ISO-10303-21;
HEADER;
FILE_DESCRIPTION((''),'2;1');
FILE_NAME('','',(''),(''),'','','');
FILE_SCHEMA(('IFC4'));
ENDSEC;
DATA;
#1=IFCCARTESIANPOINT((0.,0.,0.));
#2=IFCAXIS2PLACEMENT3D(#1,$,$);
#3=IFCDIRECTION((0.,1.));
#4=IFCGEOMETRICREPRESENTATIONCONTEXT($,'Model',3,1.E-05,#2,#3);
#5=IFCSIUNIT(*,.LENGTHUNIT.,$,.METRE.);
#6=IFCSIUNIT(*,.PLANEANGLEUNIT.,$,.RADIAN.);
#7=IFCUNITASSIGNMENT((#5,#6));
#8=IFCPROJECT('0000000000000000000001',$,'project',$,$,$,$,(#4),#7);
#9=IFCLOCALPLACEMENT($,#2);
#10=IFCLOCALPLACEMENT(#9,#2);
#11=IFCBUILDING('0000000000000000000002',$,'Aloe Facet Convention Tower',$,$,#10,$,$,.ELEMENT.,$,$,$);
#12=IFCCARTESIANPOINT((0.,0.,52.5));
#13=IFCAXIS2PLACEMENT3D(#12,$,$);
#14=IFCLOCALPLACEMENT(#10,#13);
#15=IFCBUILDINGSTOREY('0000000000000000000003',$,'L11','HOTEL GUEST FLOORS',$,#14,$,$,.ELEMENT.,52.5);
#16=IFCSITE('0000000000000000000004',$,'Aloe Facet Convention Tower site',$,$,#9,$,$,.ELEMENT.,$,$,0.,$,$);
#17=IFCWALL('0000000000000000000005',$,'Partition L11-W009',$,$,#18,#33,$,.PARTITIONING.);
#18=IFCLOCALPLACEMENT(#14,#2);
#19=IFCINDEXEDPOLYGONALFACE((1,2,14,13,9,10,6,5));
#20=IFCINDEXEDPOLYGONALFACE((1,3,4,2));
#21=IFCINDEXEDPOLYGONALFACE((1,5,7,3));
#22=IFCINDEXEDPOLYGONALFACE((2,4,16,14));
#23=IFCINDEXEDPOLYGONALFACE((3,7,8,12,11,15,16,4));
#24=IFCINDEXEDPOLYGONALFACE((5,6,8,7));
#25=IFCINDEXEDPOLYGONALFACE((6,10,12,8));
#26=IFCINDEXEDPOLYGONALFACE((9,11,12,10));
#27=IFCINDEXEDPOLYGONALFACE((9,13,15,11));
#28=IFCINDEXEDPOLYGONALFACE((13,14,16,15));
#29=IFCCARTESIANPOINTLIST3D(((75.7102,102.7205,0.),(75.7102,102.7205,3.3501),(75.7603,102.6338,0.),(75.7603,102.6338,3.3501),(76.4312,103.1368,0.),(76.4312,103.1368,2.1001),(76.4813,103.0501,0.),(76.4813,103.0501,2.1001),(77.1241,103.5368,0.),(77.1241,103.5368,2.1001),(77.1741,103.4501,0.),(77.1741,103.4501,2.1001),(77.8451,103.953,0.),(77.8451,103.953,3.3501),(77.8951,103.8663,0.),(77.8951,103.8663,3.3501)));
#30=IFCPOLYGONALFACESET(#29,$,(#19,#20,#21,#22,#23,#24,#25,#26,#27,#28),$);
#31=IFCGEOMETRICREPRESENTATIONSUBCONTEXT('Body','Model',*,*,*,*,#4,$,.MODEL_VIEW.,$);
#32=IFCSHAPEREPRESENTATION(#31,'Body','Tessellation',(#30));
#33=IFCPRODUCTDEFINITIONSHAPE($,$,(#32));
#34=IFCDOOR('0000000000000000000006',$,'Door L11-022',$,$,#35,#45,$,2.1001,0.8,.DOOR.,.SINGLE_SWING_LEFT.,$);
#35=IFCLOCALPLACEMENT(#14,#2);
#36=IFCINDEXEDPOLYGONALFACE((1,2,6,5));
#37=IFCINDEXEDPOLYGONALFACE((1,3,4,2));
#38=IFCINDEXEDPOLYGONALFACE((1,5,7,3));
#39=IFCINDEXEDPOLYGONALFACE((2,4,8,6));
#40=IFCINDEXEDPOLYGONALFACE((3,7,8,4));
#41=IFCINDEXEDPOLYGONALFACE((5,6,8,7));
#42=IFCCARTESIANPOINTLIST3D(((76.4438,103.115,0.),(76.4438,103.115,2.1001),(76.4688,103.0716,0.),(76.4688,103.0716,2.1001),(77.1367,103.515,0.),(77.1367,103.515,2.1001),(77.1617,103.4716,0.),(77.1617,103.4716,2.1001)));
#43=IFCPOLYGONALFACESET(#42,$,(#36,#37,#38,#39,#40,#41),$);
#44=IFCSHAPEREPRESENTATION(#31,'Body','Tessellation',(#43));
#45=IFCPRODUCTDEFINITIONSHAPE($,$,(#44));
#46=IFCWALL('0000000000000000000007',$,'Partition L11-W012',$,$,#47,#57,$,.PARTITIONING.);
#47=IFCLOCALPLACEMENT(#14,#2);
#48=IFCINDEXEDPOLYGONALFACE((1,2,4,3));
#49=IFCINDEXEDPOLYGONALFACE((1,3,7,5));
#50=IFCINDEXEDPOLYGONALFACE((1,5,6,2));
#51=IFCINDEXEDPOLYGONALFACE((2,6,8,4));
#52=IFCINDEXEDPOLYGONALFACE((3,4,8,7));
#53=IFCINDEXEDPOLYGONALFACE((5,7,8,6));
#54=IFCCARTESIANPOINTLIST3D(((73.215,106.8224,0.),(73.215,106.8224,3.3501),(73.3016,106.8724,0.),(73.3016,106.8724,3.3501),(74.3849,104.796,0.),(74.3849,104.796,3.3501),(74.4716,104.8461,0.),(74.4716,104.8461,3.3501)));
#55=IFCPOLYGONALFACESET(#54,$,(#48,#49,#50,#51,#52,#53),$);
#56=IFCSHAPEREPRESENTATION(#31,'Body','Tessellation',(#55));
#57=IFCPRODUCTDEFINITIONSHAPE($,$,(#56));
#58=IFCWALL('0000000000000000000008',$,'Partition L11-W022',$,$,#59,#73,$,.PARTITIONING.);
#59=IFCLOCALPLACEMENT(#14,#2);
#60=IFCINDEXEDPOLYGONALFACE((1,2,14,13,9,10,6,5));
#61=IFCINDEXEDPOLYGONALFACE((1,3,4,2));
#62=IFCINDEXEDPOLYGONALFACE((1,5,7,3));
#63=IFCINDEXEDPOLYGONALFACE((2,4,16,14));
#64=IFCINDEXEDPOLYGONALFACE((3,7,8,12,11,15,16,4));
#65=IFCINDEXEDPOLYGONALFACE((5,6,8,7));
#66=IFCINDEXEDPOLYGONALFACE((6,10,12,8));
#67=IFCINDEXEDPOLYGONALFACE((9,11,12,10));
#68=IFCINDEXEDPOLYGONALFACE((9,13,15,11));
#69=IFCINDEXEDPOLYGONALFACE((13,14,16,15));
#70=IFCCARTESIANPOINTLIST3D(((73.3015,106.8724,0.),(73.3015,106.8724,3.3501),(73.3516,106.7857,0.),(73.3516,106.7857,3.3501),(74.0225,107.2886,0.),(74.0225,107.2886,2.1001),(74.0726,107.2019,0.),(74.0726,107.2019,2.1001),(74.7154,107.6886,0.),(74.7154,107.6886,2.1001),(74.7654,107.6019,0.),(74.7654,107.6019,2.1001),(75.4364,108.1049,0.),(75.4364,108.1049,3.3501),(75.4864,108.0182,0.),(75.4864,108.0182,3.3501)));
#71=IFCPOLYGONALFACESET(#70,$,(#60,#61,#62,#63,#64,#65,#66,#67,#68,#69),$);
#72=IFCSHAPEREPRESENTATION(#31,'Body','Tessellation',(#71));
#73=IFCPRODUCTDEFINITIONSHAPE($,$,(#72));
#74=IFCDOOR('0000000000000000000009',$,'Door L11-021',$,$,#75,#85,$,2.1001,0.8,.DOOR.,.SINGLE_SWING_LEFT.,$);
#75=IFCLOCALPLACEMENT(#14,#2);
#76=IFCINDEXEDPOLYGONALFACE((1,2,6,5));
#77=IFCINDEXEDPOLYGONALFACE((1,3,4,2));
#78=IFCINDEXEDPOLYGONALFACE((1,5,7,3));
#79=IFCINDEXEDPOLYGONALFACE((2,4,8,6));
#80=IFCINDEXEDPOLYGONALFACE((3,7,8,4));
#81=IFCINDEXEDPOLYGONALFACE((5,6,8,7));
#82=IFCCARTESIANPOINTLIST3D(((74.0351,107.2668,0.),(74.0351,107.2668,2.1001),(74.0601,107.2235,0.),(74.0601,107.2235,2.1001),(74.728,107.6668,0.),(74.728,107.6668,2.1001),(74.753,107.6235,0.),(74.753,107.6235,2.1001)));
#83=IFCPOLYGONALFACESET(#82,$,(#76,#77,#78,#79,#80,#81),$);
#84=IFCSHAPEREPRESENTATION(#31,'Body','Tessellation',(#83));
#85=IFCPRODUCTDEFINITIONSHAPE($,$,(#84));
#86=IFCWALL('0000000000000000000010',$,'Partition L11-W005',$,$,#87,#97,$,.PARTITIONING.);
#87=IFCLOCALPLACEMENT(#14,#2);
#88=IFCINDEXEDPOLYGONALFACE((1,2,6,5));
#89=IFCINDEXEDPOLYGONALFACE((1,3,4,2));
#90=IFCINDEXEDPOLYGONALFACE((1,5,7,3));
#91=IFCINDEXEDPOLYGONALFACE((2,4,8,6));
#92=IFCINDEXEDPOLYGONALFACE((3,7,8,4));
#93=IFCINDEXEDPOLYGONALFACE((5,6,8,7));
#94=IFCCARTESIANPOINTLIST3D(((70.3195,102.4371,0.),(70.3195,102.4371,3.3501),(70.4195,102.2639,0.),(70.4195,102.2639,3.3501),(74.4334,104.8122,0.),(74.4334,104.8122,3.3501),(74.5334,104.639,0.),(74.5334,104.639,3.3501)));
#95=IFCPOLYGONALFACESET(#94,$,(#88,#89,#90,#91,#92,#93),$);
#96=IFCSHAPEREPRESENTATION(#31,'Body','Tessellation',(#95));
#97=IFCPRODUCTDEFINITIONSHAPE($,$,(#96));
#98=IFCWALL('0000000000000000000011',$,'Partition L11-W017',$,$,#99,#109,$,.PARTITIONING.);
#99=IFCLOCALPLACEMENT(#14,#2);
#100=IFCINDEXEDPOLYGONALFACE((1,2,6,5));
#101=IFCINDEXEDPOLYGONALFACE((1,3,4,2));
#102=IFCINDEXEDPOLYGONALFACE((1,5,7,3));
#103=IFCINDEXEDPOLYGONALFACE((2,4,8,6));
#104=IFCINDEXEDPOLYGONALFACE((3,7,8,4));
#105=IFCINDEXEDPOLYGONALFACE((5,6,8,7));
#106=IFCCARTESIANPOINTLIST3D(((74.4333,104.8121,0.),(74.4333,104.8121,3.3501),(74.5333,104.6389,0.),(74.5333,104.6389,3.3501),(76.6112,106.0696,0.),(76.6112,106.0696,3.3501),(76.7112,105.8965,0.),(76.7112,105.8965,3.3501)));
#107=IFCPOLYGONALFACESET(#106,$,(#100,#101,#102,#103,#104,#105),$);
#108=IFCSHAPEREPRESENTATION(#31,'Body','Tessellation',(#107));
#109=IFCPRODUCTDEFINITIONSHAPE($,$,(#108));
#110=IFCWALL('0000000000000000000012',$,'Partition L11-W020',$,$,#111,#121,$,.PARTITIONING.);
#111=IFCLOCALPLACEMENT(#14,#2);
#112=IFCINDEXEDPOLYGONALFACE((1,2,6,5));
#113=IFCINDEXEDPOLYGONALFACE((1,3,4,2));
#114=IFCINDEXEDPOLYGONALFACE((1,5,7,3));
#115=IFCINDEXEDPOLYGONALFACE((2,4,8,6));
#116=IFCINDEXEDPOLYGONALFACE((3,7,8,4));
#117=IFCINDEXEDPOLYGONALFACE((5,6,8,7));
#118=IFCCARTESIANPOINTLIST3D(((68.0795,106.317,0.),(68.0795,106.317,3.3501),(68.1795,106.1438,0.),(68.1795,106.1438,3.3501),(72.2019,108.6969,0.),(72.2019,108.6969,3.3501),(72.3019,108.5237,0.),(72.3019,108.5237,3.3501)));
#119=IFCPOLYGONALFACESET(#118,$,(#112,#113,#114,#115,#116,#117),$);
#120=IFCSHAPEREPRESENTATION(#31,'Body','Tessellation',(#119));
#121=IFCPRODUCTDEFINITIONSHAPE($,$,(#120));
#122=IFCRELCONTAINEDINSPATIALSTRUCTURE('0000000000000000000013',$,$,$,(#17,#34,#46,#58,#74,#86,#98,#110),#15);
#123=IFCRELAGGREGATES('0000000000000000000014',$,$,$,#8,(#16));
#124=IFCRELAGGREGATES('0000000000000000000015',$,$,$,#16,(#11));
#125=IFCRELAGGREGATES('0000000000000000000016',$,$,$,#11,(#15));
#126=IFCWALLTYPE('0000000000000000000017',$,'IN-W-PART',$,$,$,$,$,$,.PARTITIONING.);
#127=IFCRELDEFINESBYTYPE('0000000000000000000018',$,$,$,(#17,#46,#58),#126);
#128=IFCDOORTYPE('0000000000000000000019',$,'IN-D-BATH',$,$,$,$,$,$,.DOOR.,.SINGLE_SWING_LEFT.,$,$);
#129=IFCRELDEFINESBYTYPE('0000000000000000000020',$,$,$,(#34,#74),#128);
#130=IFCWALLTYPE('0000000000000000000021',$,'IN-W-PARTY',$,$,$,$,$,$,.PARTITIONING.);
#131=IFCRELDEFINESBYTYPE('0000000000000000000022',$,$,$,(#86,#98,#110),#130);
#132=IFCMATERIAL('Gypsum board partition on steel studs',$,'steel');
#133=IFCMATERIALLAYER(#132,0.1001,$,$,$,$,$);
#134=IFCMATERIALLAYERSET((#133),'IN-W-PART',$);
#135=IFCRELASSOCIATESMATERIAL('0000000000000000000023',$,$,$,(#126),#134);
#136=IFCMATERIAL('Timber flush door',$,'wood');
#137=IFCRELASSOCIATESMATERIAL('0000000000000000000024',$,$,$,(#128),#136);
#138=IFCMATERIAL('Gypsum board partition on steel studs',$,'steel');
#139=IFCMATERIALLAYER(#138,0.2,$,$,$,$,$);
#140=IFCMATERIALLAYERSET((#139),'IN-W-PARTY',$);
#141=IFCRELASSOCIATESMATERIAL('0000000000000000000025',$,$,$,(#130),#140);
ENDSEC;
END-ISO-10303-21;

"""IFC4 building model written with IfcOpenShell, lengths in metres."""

from ifc_helpers import new_model, si_unit, direction, frame, frame_2d, origin, place, context, subcontext, project, spatial, rectangle, extrude, material, layer, layer_set, type_object, element, fill, save


model = new_model("IFC4")

# Units and contexts
model_context = context("Model", 3, precision=1e-05, world=origin(), true_north=direction((0.0, 1.0)))
body_context = subcontext(model_context, "Body", "Model", "MODEL_VIEW")
ifc_project = project(units=[si_unit("LENGTHUNIT", "METRE"), si_unit("PLANEANGLEUNIT", "RADIAN")], contexts=[model_context])

# Site, building, storey
site_placement = place(None, origin())
site = spatial("IfcSite", under=ifc_project, at=site_placement, Name="Aloe Facet Convention Tower site", CompositionType="ELEMENT", RefElevation=0.0)
building_placement = place(site_placement, origin())
building = spatial("IfcBuilding", under=site, at=building_placement, Name="Aloe Facet Convention Tower", CompositionType="ELEMENT")
storey_placement = place(building_placement, frame((0.0, 0.0, 52.5)))
storey = spatial("IfcBuildingStorey", under=building, at=storey_placement, Name="L11", Description="HOTEL GUEST FLOORS", CompositionType="ELEMENT", Elevation=52.5)

# Shared definitions
ifc_material_1 = material(Name="Gypsum board partition on steel studs", Category="steel")
ifc_layer_1 = layer(ifc_material_1, 0.1001)
ifc_layer_set_1 = layer_set([ifc_layer_1], Name="IN-W-PART")
wall_type_1 = type_object("IfcWallType", Name="IN-W-PART", PredefinedType="PARTITIONING", material=ifc_layer_set_1)

# Wall, opening, door
wall_1_placement = place(storey_placement, frame((75.7354, 102.6772, 0.0), z_axis=(0.0, 0.0, 1.0), x_axis=(0.86604, 0.499974, 0.0)))
wall_1 = element("IfcWall", 1, at=wall_1_placement, inside=storey, type_object=wall_type_1, Name="Partition L11-W009", PredefinedType="PARTITIONING", context=body_context, shape_type="SweptSolid", body=[
    extrude(rectangle(XDim=2.4651, YDim=0.1001, at=frame_2d((1.2324, 0.0))), origin(), (0.0, 0.0, 1.0), 3.3501),
])
opening_1_placement = place(wall_1_placement, frame((0.8325, 0.0, 0.0)))
opening_1 = element("IfcOpeningElement", 2, at=opening_1_placement, cuts=wall_1, PredefinedType="OPENING", context=body_context, shape_type="SweptSolid", body=[
    extrude(rectangle(XDim=0.8, YDim=2.1001, at=frame_2d((0.3999, 1.05))), frame((0.0, 0.0601, 0.0), z_axis=(0.0, -1.0, 0.0), x_axis=(1.0, 0.0, 0.0)), (0.0, 0.0, 1.0), 0.1201),
])
ifc_material_2 = material(Name="Timber flush door", Category="wood")
door_type_1 = type_object("IfcDoorType", Name="IN-D-BATH", OperationType="SINGLE_SWING_LEFT", PredefinedType="DOOR", material=ifc_material_2)
door_1_placement = place(opening_1_placement, origin())
door_1 = element("IfcDoor", 3, at=door_1_placement, inside=storey, type_object=door_type_1, Name="Door L11-022", OperationType="SINGLE_SWING_LEFT", OverallHeight=2.1001, OverallWidth=0.8, PredefinedType="DOOR", context=body_context, shape_type="SweptSolid", body=[
    extrude(rectangle(XDim=0.8, YDim=2.1001, at=frame_2d((0.3999, 1.05))), frame((0.0, 0.0249, 0.0), z_axis=(0.0, -1.0, 0.0), x_axis=(1.0, 0.0, 0.0)), (0.0, 0.0, 1.0), 0.05),
])
fill(opening_1, door_1)

# Wall
wall_2_placement = place(storey_placement, frame((73.2583, 106.8474, 0.0), z_axis=(0.0, 0.0, 1.0), x_axis=(0.499999, -0.866026, 0.0)))
element("IfcWall", 4, at=wall_2_placement, inside=storey, type_object=wall_type_1, Name="Partition L11-W012", PredefinedType="PARTITIONING", context=body_context, shape_type="SweptSolid", body=[
    extrude(rectangle(XDim=2.3398, YDim=0.1001, at=frame_2d((1.1699, 0.0))), origin(), (0.0, 0.0, 1.0), 3.3501),
])

# Wall, opening, door
wall_3_placement = place(storey_placement, frame((73.3267, 106.8291, 0.0), z_axis=(0.0, 0.0, 1.0), x_axis=(0.86604, 0.499974, 0.0)))
wall_3 = element("IfcWall", 5, at=wall_3_placement, inside=storey, type_object=wall_type_1, Name="Partition L11-W022", PredefinedType="PARTITIONING", context=body_context, shape_type="SweptSolid", body=[
    extrude(rectangle(XDim=2.4651, YDim=0.1001, at=frame_2d((1.2324, 0.0))), origin(), (0.0, 0.0, 1.0), 3.3501),
])
opening_2_placement = place(wall_3_placement, frame((0.8325, 0.0, 0.0)))
opening_2 = element("IfcOpeningElement", 6, at=opening_2_placement, cuts=wall_3, PredefinedType="OPENING", context=body_context, shape_type="SweptSolid", body=[
    extrude(rectangle(XDim=0.8, YDim=2.1001, at=frame_2d((0.3999, 1.05))), frame((0.0, 0.0601, 0.0), z_axis=(0.0, -1.0, 0.0), x_axis=(1.0, 0.0, 0.0)), (0.0, 0.0, 1.0), 0.1201),
])
door_2_placement = place(opening_2_placement, origin())
door_2 = element("IfcDoor", 7, at=door_2_placement, inside=storey, type_object=door_type_1, Name="Door L11-021", OperationType="SINGLE_SWING_LEFT", OverallHeight=2.1001, OverallWidth=0.8, PredefinedType="DOOR", context=body_context, shape_type="SweptSolid", body=[
    extrude(rectangle(XDim=0.8, YDim=2.1001, at=frame_2d((0.3999, 1.05))), frame((0.0, 0.0249, 0.0), z_axis=(0.0, -1.0, 0.0), x_axis=(1.0, 0.0, 0.0)), (0.0, 0.0, 1.0), 0.05),
])
fill(opening_2, door_2)

# Walls
ifc_material_3 = material(Name="Gypsum board partition on steel studs", Category="steel")
ifc_layer_2 = layer(ifc_material_3, 0.2)
ifc_layer_set_2 = layer_set([ifc_layer_2], Name="IN-W-PARTY")
wall_type_2 = type_object("IfcWallType", Name="IN-W-PARTY", PredefinedType="PARTITIONING", material=ifc_layer_set_2)
wall_4_placement = place(storey_placement, frame((70.3696, 102.3506, 0.0), z_axis=(0.0, 0.0, 1.0), x_axis=(0.866033, 0.499986, 0.0)))
element("IfcWall", 8, at=wall_4_placement, inside=storey, type_object=wall_type_2, Name="Partition L11-W005", PredefinedType="PARTITIONING", context=body_context, shape_type="SweptSolid", body=[
    extrude(rectangle(XDim=4.7502, YDim=0.2, at=frame_2d((2.375, 0.0))), origin(), (0.0, 0.0, 1.0), 3.3501),
])
wall_5_placement = place(storey_placement, frame((74.4834, 104.7256, 0.0), z_axis=(0.0, 0.0, 1.0), x_axis=(0.866006, 0.500033, 0.0)))
element("IfcWall", 9, at=wall_5_placement, inside=storey, type_object=wall_type_2, Name="Partition L11-W017", PredefinedType="PARTITIONING", context=body_context, shape_type="SweptSolid", body=[
    extrude(rectangle(XDim=2.5149, YDim=0.2, at=frame_2d((1.2573, 0.0))), origin(), (0.0, 0.0, 1.0), 3.3501),
])
wall_6_placement = place(storey_placement, frame((68.1296, 106.2305, 0.0), z_axis=(0.0, 0.0, 1.0), x_axis=(0.866038, 0.499978, 0.0)))
element("IfcWall", 10, at=wall_6_placement, inside=storey, type_object=wall_type_2, Name="Partition L11-W020", PredefinedType="PARTITIONING", context=body_context, shape_type="SweptSolid", body=[
    extrude(rectangle(XDim=4.76, YDim=0.2, at=frame_2d((2.3799, 0.0))), origin(), (0.0, 0.0, 1.0), 3.3501),
])

save(model, "model.ifc")
